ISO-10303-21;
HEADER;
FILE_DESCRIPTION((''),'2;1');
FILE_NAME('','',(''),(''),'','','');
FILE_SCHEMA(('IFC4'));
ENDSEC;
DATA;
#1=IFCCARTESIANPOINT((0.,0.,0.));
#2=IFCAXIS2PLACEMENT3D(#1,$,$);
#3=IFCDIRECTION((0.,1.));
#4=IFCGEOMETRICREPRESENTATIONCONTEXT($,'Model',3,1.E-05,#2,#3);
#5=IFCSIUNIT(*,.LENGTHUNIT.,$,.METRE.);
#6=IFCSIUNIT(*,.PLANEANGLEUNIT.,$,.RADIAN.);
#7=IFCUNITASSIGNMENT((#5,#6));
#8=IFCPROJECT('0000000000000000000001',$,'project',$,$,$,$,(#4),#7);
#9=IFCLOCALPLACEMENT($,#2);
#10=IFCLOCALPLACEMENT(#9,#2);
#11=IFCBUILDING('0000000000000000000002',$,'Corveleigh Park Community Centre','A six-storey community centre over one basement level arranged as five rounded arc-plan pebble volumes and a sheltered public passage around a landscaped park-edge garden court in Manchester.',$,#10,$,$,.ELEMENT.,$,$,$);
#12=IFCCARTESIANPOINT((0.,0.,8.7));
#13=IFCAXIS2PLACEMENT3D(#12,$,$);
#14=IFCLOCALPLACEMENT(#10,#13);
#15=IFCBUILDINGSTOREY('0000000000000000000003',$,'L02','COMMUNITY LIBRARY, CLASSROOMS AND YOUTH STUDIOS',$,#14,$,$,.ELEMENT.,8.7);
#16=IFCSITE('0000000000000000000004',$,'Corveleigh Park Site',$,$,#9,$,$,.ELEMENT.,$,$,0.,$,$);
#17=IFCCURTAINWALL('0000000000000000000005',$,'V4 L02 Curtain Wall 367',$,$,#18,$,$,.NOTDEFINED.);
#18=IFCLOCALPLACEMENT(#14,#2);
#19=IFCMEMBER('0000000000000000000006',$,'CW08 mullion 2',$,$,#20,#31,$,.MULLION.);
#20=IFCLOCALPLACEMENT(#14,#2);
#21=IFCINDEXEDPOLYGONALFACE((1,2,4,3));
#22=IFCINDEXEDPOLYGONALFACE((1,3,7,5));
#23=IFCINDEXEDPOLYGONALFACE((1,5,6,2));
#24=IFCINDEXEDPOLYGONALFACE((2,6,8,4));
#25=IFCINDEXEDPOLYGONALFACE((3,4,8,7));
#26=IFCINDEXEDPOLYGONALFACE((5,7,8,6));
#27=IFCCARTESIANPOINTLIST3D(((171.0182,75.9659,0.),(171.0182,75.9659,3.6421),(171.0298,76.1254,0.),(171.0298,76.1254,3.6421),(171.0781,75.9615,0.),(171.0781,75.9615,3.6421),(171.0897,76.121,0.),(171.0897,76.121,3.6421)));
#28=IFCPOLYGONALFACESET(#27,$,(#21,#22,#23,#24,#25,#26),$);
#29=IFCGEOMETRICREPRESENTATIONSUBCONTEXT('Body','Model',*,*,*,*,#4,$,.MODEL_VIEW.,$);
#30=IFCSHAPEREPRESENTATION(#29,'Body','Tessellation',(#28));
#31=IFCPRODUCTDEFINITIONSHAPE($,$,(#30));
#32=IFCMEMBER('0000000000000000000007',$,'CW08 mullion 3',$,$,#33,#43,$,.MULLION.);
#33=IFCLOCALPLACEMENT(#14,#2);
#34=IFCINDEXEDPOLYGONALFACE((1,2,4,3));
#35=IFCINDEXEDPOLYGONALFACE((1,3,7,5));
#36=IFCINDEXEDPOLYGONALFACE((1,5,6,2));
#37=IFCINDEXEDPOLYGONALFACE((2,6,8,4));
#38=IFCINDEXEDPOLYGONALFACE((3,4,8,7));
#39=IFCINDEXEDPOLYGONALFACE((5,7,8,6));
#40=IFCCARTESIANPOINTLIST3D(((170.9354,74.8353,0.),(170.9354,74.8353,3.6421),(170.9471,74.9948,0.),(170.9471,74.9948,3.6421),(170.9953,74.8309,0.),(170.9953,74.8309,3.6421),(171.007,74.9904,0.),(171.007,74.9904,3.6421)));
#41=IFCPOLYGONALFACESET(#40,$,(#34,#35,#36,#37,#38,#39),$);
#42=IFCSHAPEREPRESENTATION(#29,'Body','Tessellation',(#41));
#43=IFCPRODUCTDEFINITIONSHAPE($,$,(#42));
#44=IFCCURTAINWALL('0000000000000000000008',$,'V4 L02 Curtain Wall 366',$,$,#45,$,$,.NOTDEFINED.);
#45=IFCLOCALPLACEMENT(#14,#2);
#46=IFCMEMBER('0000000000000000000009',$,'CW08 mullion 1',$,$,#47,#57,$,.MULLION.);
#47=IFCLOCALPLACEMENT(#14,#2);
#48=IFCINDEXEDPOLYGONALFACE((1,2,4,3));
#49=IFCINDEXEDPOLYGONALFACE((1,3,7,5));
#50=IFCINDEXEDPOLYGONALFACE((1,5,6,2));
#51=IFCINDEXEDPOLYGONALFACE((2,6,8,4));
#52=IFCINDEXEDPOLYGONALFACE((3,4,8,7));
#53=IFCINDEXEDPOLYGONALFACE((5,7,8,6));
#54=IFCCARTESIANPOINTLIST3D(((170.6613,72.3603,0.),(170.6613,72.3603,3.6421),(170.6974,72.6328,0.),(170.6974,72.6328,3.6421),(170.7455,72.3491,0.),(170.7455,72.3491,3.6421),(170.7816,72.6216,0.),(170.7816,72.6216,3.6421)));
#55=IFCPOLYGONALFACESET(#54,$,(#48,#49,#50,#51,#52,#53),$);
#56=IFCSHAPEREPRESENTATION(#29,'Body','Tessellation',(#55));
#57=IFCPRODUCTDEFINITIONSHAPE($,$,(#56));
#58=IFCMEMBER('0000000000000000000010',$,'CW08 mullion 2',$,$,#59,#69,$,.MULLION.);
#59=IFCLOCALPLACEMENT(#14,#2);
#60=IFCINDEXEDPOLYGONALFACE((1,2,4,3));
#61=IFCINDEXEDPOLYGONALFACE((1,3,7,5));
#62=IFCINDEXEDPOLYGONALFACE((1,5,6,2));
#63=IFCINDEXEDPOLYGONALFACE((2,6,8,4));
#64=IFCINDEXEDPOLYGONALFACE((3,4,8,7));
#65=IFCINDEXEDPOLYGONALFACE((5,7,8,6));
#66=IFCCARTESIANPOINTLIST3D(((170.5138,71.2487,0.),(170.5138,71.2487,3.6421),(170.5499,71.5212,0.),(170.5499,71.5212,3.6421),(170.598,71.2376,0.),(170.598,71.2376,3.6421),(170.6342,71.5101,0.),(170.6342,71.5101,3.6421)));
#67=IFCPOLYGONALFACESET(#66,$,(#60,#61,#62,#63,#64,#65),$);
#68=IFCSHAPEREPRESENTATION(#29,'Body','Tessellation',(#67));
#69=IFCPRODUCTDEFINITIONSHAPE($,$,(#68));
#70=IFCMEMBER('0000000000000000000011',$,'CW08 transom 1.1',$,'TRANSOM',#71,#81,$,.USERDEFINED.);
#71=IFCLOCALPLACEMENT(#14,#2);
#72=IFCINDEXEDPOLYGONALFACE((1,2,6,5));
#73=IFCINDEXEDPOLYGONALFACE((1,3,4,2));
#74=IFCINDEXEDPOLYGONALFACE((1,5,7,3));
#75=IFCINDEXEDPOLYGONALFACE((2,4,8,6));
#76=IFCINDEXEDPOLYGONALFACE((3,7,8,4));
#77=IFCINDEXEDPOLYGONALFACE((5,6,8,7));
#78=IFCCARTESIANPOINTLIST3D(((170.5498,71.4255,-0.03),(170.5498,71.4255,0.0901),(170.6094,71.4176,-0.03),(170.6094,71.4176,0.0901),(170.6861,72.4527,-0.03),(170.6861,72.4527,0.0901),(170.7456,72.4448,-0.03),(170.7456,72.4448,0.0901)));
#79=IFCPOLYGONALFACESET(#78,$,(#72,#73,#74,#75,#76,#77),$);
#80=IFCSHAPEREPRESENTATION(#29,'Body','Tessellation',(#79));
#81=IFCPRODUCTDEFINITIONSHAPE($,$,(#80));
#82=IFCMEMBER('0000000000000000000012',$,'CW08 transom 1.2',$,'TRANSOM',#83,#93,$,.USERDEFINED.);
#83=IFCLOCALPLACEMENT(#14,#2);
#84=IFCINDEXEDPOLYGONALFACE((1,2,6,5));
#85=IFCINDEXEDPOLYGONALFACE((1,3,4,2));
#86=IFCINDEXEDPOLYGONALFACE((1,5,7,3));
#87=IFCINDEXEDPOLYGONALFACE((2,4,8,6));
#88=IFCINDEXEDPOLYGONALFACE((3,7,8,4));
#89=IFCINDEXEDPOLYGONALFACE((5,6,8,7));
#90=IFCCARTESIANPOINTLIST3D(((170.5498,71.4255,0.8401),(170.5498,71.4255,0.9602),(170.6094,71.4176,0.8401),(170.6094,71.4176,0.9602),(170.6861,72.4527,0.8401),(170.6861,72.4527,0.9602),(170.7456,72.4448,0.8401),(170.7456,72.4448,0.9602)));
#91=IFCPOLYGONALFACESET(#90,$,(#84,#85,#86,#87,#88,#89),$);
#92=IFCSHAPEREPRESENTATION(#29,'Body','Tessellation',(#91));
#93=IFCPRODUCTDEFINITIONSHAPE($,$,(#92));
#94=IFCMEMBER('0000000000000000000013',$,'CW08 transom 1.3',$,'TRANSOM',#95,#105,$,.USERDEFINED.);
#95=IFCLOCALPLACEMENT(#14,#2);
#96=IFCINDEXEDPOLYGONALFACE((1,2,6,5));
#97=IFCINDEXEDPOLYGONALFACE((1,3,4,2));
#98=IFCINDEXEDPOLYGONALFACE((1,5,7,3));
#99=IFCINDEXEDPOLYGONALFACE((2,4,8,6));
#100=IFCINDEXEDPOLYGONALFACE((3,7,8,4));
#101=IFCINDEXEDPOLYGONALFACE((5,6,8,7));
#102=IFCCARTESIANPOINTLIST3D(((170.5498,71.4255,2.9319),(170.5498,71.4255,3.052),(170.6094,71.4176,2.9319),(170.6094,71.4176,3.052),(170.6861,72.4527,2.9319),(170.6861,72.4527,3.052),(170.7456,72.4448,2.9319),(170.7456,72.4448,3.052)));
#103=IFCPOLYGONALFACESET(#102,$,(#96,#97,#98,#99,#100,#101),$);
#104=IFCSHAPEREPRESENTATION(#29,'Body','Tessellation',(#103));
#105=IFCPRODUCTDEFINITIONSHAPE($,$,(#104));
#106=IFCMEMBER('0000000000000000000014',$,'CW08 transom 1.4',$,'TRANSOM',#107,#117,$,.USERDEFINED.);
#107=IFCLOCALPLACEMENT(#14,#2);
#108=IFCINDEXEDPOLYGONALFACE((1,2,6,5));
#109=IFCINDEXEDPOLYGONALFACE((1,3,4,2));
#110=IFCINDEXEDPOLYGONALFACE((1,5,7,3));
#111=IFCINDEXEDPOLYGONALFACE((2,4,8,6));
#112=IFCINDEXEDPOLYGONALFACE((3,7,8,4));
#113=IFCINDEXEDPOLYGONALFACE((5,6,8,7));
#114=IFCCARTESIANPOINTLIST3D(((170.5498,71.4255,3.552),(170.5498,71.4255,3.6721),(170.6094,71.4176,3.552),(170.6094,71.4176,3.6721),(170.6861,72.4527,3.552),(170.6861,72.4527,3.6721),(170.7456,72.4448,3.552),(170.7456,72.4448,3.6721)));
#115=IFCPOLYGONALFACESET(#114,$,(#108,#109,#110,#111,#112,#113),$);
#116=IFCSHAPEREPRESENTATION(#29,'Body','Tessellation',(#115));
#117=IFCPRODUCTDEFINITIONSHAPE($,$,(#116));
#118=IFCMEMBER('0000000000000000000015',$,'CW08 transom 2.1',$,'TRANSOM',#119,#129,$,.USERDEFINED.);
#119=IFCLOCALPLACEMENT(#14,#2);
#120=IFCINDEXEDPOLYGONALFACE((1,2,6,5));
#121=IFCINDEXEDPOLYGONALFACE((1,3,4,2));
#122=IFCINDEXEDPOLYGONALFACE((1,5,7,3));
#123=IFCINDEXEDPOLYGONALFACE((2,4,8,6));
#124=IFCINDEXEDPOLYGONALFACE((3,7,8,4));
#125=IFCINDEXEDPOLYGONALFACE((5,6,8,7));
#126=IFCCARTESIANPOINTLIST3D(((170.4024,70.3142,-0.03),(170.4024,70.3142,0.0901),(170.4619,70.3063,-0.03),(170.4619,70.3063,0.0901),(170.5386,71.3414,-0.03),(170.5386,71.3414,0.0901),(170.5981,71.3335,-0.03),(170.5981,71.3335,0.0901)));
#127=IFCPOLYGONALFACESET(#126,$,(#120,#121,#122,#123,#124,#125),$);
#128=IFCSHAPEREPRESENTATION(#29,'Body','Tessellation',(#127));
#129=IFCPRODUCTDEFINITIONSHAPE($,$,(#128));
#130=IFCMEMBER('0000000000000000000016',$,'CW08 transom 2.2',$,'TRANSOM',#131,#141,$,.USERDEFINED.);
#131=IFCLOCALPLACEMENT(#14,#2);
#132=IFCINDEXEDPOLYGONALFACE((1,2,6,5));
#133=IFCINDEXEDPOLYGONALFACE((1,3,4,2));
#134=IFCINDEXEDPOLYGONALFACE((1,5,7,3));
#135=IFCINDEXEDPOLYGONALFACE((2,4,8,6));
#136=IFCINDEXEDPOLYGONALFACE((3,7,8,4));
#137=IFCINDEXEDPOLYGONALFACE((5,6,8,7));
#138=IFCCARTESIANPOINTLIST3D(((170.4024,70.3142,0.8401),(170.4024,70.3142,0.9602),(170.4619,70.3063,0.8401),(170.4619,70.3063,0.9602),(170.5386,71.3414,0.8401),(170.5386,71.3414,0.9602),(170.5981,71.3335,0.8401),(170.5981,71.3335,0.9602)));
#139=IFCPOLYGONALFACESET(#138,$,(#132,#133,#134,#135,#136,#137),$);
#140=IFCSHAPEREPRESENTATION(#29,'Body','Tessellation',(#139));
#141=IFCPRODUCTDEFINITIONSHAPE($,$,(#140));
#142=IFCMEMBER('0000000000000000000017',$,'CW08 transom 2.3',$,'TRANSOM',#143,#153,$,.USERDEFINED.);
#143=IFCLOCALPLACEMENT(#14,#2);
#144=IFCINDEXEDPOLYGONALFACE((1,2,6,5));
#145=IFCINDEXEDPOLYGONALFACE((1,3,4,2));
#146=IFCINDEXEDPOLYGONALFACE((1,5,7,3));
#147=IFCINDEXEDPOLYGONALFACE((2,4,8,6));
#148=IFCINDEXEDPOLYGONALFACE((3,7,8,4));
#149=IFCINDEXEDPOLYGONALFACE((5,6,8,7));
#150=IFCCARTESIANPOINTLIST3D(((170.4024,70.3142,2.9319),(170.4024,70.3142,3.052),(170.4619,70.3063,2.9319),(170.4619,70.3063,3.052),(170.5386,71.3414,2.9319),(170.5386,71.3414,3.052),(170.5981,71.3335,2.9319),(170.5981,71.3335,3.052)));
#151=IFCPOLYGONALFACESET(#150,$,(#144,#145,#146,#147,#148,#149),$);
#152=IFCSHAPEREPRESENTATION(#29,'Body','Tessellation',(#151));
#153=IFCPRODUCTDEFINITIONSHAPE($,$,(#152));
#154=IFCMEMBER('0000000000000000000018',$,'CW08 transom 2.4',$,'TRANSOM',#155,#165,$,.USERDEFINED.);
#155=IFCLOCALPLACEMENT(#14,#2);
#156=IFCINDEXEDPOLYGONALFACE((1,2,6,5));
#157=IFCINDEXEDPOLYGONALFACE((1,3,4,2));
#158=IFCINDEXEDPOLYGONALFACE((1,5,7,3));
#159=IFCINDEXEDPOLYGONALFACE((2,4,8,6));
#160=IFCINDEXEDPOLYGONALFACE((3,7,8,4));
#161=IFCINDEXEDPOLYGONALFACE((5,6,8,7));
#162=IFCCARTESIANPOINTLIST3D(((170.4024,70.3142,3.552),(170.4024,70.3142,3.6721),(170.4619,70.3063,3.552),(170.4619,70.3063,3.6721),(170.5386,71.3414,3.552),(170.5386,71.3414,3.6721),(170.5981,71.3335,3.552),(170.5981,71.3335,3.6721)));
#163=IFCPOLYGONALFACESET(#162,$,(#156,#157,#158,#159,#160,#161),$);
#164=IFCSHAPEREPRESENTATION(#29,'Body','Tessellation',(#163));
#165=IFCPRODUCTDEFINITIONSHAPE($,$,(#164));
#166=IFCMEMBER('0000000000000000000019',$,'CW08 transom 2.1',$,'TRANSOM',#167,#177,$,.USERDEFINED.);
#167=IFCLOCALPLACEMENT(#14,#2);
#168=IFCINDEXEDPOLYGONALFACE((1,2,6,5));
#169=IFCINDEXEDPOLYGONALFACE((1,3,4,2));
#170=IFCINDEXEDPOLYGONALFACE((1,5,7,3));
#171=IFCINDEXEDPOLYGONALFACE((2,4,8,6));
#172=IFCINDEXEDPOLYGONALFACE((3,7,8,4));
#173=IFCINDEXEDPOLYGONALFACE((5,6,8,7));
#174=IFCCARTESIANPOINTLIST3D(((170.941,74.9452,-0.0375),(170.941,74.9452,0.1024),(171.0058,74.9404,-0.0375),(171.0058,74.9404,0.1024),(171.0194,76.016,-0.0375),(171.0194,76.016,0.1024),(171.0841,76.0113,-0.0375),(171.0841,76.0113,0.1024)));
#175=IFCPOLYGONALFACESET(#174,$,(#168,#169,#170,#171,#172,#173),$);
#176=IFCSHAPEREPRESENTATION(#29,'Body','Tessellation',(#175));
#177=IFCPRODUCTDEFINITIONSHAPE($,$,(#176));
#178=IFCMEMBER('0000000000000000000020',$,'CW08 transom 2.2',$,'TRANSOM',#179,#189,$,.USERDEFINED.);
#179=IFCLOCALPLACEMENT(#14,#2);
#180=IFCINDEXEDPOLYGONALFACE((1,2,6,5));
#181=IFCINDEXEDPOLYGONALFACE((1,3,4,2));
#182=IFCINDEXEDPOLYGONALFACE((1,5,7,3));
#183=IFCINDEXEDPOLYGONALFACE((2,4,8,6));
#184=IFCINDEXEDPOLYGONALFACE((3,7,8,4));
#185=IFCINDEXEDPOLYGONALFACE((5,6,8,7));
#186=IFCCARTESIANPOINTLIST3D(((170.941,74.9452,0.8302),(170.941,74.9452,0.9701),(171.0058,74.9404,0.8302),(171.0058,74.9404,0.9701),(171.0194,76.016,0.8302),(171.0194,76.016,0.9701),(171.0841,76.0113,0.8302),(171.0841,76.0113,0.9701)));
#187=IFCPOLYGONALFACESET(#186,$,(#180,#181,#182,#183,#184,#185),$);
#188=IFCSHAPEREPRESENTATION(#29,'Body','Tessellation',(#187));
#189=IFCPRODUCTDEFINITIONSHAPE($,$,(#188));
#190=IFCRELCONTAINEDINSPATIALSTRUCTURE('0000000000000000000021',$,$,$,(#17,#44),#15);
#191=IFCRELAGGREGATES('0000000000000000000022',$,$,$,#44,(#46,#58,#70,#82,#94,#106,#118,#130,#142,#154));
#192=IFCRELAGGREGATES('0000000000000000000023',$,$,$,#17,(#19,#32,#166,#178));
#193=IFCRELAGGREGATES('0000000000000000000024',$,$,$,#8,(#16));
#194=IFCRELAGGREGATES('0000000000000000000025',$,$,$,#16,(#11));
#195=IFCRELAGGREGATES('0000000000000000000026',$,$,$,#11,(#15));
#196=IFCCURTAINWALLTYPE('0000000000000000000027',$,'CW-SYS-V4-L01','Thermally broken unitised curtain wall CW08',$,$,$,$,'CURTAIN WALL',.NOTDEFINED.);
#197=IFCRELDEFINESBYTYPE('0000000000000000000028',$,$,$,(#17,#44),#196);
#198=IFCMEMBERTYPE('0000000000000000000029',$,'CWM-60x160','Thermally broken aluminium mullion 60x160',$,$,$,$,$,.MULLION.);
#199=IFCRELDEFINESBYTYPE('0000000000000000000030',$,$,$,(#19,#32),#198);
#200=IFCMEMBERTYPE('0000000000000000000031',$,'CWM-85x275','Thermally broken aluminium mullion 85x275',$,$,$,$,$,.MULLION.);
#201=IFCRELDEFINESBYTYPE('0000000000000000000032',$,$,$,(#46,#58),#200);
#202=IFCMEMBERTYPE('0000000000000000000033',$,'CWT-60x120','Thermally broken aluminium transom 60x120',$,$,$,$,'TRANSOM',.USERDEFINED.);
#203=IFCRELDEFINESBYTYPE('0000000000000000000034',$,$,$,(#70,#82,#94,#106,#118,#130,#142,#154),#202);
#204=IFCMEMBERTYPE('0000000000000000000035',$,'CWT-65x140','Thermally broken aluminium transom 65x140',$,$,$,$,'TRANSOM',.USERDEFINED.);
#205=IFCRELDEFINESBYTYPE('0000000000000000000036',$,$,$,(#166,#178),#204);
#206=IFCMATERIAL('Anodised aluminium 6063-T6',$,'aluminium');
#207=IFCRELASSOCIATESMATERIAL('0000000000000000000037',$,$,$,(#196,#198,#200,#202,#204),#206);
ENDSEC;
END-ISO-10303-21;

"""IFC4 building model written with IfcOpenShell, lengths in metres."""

from ifc_helpers import new_model, si_unit, direction, frame, origin, origin_2d, place, context, subcontext, project, spatial, rectangle, extrude, material, material_profile, profile_set, type_object, element, aggregate, save


model = new_model("IFC4")

# Units and contexts
model_context = context("Model", 3, precision=1e-05, world=origin(), true_north=direction((0.0, 1.0)))
body_context = subcontext(model_context, "Body", "Model", "MODEL_VIEW")
ifc_project = project(units=[si_unit("LENGTHUNIT", "METRE"), si_unit("PLANEANGLEUNIT", "RADIAN")], contexts=[model_context])

# Site, building, storey
site_placement = place(None, origin())
site = spatial("IfcSite", under=ifc_project, at=site_placement, Name="Corveleigh Park Site", CompositionType="ELEMENT", RefElevation=0.0)
building_placement = place(site_placement, origin())
building = spatial("IfcBuilding", under=site, at=building_placement, Name="Corveleigh Park Community Centre", Description="A six-storey community centre over one basement level arranged as five rounded arc-plan pebble volumes and a sheltered public passage around a landscaped park-edge garden court in Manchester.", CompositionType="ELEMENT")
storey_placement = place(building_placement, frame((0.0, 0.0, 8.7)))
storey = spatial("IfcBuildingStorey", under=building, at=storey_placement, Name="L02", Description="COMMUNITY LIBRARY, CLASSROOMS AND YOUTH STUDIOS", CompositionType="ELEMENT", Elevation=8.7)

# Curtain walls, members
ifc_material_1 = material(Name="Anodised aluminium 6063-T6", Category="aluminium")
curtain_wall_type = type_object("IfcCurtainWallType", Name="CW-SYS-V4-L01", Description="Thermally broken unitised curtain wall CW08", ElementType="CURTAIN WALL", PredefinedType="NOTDEFINED", material=ifc_material_1)
curtain_wall_1_placement = place(storey_placement, origin())
curtain_wall_1 = element("IfcCurtainWall", 1, at=curtain_wall_1_placement, inside=storey, type_object=curtain_wall_type, Name="V4 L02 Curtain Wall 367", PredefinedType="NOTDEFINED")
ifc_material_profile_1 = material_profile(ifc_material_1, rectangle(XDim=0.0601, YDim=0.1599, at=origin_2d()), Name="ALU-M60x160", Category="aluminium")
ifc_profile_set_1 = profile_set([ifc_material_profile_1], Name="Anodised aluminium 6063-T6")
member_type_1 = type_object("IfcMemberType", Name="CWM-60x160", Description="Thermally broken aluminium mullion 60x160", PredefinedType="MULLION", material=ifc_profile_set_1)
member_1_placement = place(storey_placement, frame((171.054, 76.0435, 0.0), z_axis=(0.0, 0.0, 1.0), x_axis=(0.997328, -0.073049, 0.0)))
member_1 = element("IfcMember", 2, at=member_1_placement, type_object=member_type_1, Name="CW08 mullion 2", PredefinedType="MULLION", context=body_context, shape_type="SweptSolid", body=[
    extrude(rectangle(XDim=0.0601, YDim=0.1599, at=origin_2d()), origin(), (0.0, 0.0, 1.0), 3.6421),
])
member_2_placement = place(storey_placement, frame((170.9712, 74.9128, 0.0), z_axis=(0.0, 0.0, 1.0), x_axis=(0.997328, -0.073049, 0.0)))
member_2 = element("IfcMember", 3, at=member_2_placement, type_object=member_type_1, Name="CW08 mullion 3", PredefinedType="MULLION", context=body_context, shape_type="SweptSolid", body=[
    extrude(rectangle(XDim=0.0601, YDim=0.1599, at=origin_2d()), origin(), (0.0, 0.0, 1.0), 3.6421),
])
curtain_wall_2_placement = place(storey_placement, origin())
curtain_wall_2 = element("IfcCurtainWall", 4, at=curtain_wall_2_placement, inside=storey, type_object=curtain_wall_type, Name="V4 L02 Curtain Wall 366", PredefinedType="NOTDEFINED")
ifc_material_profile_2 = material_profile(ifc_material_1, rectangle(XDim=0.085, YDim=0.2749, at=origin_2d()), Name="ALU-M85x275", Category="aluminium")
ifc_profile_set_2 = profile_set([ifc_material_profile_2], Name="Anodised aluminium 6063-T6")
member_type_2 = type_object("IfcMemberType", Name="CWM-85x275", Description="Thermally broken aluminium mullion 85x275", PredefinedType="MULLION", material=ifc_profile_set_2)
member_3_placement = place(storey_placement, frame((170.7214, 72.491, 0.0), z_axis=(0.0, 0.0, 1.0), x_axis=(0.991318, -0.131488, 0.0)))
member_3 = element("IfcMember", 5, at=member_3_placement, type_object=member_type_2, Name="CW08 mullion 1", PredefinedType="MULLION", context=body_context, shape_type="SweptSolid", body=[
    extrude(rectangle(XDim=0.085, YDim=0.2749, at=origin_2d()), origin(), (0.0, 0.0, 1.0), 3.6421),
])
member_4_placement = place(storey_placement, frame((170.574, 71.3794, 0.0), z_axis=(0.0, 0.0, 1.0), x_axis=(0.991318, -0.131488, 0.0)))
member_4 = element("IfcMember", 6, at=member_4_placement, type_object=member_type_2, Name="CW08 mullion 2", PredefinedType="MULLION", context=body_context, shape_type="SweptSolid", body=[
    extrude(rectangle(XDim=0.085, YDim=0.2749, at=origin_2d()), origin(), (0.0, 0.0, 1.0), 3.6421),
])
ifc_material_profile_3 = material_profile(ifc_material_1, rectangle(XDim=0.0601, YDim=0.1201, at=origin_2d()), Name="ALU-T60x120", Category="aluminium")
ifc_profile_set_3 = profile_set([ifc_material_profile_3], Name="Anodised aluminium 6063-T6")
member_type_3 = type_object("IfcMemberType", Name="CWT-60x120", Description="Thermally broken aluminium transom 60x120", ElementType="TRANSOM", PredefinedType="USERDEFINED", material=ifc_profile_set_3)
member_5_placement = place(storey_placement, frame((170.7158, 72.4487, 0.03), z_axis=(-0.131485, -0.991318, 0.0), x_axis=(0.991318, -0.131485, 0.0)))
member_5 = element("IfcMember", 7, at=member_5_placement, type_object=member_type_3, Name="CW08 transom 1.1", ObjectType="TRANSOM", PredefinedType="USERDEFINED", context=body_context, shape_type="SweptSolid", body=[
    extrude(rectangle(XDim=0.0601, YDim=0.1201, at=origin_2d()), origin(), (0.0, 0.0, 1.0), 1.0361),
])
member_6_placement = place(storey_placement, frame((170.7158, 72.4487, 0.9001), z_axis=(-0.131485, -0.991318, 0.0), x_axis=(0.991318, -0.131485, 0.0)))
member_6 = element("IfcMember", 8, at=member_6_placement, type_object=member_type_3, Name="CW08 transom 1.2", ObjectType="TRANSOM", PredefinedType="USERDEFINED", context=body_context, shape_type="SweptSolid", body=[
    extrude(rectangle(XDim=0.0601, YDim=0.1201, at=origin_2d()), origin(), (0.0, 0.0, 1.0), 1.0361),
])
member_7_placement = place(storey_placement, frame((170.7158, 72.4487, 2.9919), z_axis=(-0.131485, -0.991318, 0.0), x_axis=(0.991318, -0.131485, 0.0)))
member_7 = element("IfcMember", 9, at=member_7_placement, type_object=member_type_3, Name="CW08 transom 1.3", ObjectType="TRANSOM", PredefinedType="USERDEFINED", context=body_context, shape_type="SweptSolid", body=[
    extrude(rectangle(XDim=0.0601, YDim=0.1201, at=origin_2d()), origin(), (0.0, 0.0, 1.0), 1.0361),
])
member_8_placement = place(storey_placement, frame((170.7158, 72.4487, 3.6121), z_axis=(-0.131485, -0.991318, 0.0), x_axis=(0.991318, -0.131485, 0.0)))
member_8 = element("IfcMember", 10, at=member_8_placement, type_object=member_type_3, Name="CW08 transom 1.4", ObjectType="TRANSOM", PredefinedType="USERDEFINED", context=body_context, shape_type="SweptSolid", body=[
    extrude(rectangle(XDim=0.0601, YDim=0.1201, at=origin_2d()), origin(), (0.0, 0.0, 1.0), 1.0361),
])
member_9_placement = place(storey_placement, frame((170.5684, 71.3374, 0.03), z_axis=(-0.131485, -0.991318, 0.0), x_axis=(0.991318, -0.131485, 0.0)))
member_9 = element("IfcMember", 11, at=member_9_placement, type_object=member_type_3, Name="CW08 transom 2.1", ObjectType="TRANSOM", PredefinedType="USERDEFINED", context=body_context, shape_type="SweptSolid", body=[
    extrude(rectangle(XDim=0.0601, YDim=0.1201, at=origin_2d()), origin(), (0.0, 0.0, 1.0), 1.0361),
])
member_10_placement = place(storey_placement, frame((170.5684, 71.3374, 0.9001), z_axis=(-0.131485, -0.991318, 0.0), x_axis=(0.991318, -0.131485, 0.0)))
member_10 = element("IfcMember", 12, at=member_10_placement, type_object=member_type_3, Name="CW08 transom 2.2", ObjectType="TRANSOM", PredefinedType="USERDEFINED", context=body_context, shape_type="SweptSolid", body=[
    extrude(rectangle(XDim=0.0601, YDim=0.1201, at=origin_2d()), origin(), (0.0, 0.0, 1.0), 1.0361),
])
member_11_placement = place(storey_placement, frame((170.5684, 71.3374, 2.9919), z_axis=(-0.131485, -0.991318, 0.0), x_axis=(0.991318, -0.131485, 0.0)))
member_11 = element("IfcMember", 13, at=member_11_placement, type_object=member_type_3, Name="CW08 transom 2.3", ObjectType="TRANSOM", PredefinedType="USERDEFINED", context=body_context, shape_type="SweptSolid", body=[
    extrude(rectangle(XDim=0.0601, YDim=0.1201, at=origin_2d()), origin(), (0.0, 0.0, 1.0), 1.0361),
])
member_12_placement = place(storey_placement, frame((170.5684, 71.3374, 3.6121), z_axis=(-0.131485, -0.991318, 0.0), x_axis=(0.991318, -0.131485, 0.0)))
member_12 = element("IfcMember", 14, at=member_12_placement, type_object=member_type_3, Name="CW08 transom 2.4", ObjectType="TRANSOM", PredefinedType="USERDEFINED", context=body_context, shape_type="SweptSolid", body=[
    extrude(rectangle(XDim=0.0601, YDim=0.1201, at=origin_2d()), origin(), (0.0, 0.0, 1.0), 1.0361),
])

# Members
ifc_material_profile_4 = material_profile(ifc_material_1, rectangle(XDim=0.0649, YDim=0.1399, at=origin_2d()), Name="ALU-T65x140", Category="aluminium")
ifc_profile_set_4 = profile_set([ifc_material_profile_4], Name="Anodised aluminium 6063-T6")
member_type_4 = type_object("IfcMemberType", Name="CWT-65x140", Description="Thermally broken aluminium transom 65x140", ElementType="TRANSOM", PredefinedType="USERDEFINED", material=ifc_profile_set_4)
member_13_placement = place(storey_placement, frame((171.0518, 76.0137, 0.0325), z_axis=(-0.072992, -0.997333, 0.0), x_axis=(0.997333, -0.072992, 0.0)))
member_13 = element("IfcMember", 15, at=member_13_placement, type_object=member_type_4, Name="CW08 transom 2.1", ObjectType="TRANSOM", PredefinedType="USERDEFINED", context=body_context, shape_type="SweptSolid", body=[
    extrude(rectangle(XDim=0.0649, YDim=0.1399, at=origin_2d()), origin(), (0.0, 0.0, 1.0), 1.0737),
])
member_14_placement = place(storey_placement, frame((171.0518, 76.0137, 0.9001), z_axis=(-0.072992, -0.997333, 0.0), x_axis=(0.997333, -0.072992, 0.0)))
member_14 = element("IfcMember", 16, at=member_14_placement, type_object=member_type_4, Name="CW08 transom 2.2", ObjectType="TRANSOM", PredefinedType="USERDEFINED", context=body_context, shape_type="SweptSolid", body=[
    extrude(rectangle(XDim=0.0649, YDim=0.1399, at=origin_2d()), origin(), (0.0, 0.0, 1.0), 1.0737),
])

aggregate(curtain_wall_2, [member_3, member_4, member_5, member_6, member_7, member_8, member_9, member_10, member_11, member_12])
aggregate(curtain_wall_1, [member_1, member_2, member_13, member_14])

save(model, "model.ifc")
